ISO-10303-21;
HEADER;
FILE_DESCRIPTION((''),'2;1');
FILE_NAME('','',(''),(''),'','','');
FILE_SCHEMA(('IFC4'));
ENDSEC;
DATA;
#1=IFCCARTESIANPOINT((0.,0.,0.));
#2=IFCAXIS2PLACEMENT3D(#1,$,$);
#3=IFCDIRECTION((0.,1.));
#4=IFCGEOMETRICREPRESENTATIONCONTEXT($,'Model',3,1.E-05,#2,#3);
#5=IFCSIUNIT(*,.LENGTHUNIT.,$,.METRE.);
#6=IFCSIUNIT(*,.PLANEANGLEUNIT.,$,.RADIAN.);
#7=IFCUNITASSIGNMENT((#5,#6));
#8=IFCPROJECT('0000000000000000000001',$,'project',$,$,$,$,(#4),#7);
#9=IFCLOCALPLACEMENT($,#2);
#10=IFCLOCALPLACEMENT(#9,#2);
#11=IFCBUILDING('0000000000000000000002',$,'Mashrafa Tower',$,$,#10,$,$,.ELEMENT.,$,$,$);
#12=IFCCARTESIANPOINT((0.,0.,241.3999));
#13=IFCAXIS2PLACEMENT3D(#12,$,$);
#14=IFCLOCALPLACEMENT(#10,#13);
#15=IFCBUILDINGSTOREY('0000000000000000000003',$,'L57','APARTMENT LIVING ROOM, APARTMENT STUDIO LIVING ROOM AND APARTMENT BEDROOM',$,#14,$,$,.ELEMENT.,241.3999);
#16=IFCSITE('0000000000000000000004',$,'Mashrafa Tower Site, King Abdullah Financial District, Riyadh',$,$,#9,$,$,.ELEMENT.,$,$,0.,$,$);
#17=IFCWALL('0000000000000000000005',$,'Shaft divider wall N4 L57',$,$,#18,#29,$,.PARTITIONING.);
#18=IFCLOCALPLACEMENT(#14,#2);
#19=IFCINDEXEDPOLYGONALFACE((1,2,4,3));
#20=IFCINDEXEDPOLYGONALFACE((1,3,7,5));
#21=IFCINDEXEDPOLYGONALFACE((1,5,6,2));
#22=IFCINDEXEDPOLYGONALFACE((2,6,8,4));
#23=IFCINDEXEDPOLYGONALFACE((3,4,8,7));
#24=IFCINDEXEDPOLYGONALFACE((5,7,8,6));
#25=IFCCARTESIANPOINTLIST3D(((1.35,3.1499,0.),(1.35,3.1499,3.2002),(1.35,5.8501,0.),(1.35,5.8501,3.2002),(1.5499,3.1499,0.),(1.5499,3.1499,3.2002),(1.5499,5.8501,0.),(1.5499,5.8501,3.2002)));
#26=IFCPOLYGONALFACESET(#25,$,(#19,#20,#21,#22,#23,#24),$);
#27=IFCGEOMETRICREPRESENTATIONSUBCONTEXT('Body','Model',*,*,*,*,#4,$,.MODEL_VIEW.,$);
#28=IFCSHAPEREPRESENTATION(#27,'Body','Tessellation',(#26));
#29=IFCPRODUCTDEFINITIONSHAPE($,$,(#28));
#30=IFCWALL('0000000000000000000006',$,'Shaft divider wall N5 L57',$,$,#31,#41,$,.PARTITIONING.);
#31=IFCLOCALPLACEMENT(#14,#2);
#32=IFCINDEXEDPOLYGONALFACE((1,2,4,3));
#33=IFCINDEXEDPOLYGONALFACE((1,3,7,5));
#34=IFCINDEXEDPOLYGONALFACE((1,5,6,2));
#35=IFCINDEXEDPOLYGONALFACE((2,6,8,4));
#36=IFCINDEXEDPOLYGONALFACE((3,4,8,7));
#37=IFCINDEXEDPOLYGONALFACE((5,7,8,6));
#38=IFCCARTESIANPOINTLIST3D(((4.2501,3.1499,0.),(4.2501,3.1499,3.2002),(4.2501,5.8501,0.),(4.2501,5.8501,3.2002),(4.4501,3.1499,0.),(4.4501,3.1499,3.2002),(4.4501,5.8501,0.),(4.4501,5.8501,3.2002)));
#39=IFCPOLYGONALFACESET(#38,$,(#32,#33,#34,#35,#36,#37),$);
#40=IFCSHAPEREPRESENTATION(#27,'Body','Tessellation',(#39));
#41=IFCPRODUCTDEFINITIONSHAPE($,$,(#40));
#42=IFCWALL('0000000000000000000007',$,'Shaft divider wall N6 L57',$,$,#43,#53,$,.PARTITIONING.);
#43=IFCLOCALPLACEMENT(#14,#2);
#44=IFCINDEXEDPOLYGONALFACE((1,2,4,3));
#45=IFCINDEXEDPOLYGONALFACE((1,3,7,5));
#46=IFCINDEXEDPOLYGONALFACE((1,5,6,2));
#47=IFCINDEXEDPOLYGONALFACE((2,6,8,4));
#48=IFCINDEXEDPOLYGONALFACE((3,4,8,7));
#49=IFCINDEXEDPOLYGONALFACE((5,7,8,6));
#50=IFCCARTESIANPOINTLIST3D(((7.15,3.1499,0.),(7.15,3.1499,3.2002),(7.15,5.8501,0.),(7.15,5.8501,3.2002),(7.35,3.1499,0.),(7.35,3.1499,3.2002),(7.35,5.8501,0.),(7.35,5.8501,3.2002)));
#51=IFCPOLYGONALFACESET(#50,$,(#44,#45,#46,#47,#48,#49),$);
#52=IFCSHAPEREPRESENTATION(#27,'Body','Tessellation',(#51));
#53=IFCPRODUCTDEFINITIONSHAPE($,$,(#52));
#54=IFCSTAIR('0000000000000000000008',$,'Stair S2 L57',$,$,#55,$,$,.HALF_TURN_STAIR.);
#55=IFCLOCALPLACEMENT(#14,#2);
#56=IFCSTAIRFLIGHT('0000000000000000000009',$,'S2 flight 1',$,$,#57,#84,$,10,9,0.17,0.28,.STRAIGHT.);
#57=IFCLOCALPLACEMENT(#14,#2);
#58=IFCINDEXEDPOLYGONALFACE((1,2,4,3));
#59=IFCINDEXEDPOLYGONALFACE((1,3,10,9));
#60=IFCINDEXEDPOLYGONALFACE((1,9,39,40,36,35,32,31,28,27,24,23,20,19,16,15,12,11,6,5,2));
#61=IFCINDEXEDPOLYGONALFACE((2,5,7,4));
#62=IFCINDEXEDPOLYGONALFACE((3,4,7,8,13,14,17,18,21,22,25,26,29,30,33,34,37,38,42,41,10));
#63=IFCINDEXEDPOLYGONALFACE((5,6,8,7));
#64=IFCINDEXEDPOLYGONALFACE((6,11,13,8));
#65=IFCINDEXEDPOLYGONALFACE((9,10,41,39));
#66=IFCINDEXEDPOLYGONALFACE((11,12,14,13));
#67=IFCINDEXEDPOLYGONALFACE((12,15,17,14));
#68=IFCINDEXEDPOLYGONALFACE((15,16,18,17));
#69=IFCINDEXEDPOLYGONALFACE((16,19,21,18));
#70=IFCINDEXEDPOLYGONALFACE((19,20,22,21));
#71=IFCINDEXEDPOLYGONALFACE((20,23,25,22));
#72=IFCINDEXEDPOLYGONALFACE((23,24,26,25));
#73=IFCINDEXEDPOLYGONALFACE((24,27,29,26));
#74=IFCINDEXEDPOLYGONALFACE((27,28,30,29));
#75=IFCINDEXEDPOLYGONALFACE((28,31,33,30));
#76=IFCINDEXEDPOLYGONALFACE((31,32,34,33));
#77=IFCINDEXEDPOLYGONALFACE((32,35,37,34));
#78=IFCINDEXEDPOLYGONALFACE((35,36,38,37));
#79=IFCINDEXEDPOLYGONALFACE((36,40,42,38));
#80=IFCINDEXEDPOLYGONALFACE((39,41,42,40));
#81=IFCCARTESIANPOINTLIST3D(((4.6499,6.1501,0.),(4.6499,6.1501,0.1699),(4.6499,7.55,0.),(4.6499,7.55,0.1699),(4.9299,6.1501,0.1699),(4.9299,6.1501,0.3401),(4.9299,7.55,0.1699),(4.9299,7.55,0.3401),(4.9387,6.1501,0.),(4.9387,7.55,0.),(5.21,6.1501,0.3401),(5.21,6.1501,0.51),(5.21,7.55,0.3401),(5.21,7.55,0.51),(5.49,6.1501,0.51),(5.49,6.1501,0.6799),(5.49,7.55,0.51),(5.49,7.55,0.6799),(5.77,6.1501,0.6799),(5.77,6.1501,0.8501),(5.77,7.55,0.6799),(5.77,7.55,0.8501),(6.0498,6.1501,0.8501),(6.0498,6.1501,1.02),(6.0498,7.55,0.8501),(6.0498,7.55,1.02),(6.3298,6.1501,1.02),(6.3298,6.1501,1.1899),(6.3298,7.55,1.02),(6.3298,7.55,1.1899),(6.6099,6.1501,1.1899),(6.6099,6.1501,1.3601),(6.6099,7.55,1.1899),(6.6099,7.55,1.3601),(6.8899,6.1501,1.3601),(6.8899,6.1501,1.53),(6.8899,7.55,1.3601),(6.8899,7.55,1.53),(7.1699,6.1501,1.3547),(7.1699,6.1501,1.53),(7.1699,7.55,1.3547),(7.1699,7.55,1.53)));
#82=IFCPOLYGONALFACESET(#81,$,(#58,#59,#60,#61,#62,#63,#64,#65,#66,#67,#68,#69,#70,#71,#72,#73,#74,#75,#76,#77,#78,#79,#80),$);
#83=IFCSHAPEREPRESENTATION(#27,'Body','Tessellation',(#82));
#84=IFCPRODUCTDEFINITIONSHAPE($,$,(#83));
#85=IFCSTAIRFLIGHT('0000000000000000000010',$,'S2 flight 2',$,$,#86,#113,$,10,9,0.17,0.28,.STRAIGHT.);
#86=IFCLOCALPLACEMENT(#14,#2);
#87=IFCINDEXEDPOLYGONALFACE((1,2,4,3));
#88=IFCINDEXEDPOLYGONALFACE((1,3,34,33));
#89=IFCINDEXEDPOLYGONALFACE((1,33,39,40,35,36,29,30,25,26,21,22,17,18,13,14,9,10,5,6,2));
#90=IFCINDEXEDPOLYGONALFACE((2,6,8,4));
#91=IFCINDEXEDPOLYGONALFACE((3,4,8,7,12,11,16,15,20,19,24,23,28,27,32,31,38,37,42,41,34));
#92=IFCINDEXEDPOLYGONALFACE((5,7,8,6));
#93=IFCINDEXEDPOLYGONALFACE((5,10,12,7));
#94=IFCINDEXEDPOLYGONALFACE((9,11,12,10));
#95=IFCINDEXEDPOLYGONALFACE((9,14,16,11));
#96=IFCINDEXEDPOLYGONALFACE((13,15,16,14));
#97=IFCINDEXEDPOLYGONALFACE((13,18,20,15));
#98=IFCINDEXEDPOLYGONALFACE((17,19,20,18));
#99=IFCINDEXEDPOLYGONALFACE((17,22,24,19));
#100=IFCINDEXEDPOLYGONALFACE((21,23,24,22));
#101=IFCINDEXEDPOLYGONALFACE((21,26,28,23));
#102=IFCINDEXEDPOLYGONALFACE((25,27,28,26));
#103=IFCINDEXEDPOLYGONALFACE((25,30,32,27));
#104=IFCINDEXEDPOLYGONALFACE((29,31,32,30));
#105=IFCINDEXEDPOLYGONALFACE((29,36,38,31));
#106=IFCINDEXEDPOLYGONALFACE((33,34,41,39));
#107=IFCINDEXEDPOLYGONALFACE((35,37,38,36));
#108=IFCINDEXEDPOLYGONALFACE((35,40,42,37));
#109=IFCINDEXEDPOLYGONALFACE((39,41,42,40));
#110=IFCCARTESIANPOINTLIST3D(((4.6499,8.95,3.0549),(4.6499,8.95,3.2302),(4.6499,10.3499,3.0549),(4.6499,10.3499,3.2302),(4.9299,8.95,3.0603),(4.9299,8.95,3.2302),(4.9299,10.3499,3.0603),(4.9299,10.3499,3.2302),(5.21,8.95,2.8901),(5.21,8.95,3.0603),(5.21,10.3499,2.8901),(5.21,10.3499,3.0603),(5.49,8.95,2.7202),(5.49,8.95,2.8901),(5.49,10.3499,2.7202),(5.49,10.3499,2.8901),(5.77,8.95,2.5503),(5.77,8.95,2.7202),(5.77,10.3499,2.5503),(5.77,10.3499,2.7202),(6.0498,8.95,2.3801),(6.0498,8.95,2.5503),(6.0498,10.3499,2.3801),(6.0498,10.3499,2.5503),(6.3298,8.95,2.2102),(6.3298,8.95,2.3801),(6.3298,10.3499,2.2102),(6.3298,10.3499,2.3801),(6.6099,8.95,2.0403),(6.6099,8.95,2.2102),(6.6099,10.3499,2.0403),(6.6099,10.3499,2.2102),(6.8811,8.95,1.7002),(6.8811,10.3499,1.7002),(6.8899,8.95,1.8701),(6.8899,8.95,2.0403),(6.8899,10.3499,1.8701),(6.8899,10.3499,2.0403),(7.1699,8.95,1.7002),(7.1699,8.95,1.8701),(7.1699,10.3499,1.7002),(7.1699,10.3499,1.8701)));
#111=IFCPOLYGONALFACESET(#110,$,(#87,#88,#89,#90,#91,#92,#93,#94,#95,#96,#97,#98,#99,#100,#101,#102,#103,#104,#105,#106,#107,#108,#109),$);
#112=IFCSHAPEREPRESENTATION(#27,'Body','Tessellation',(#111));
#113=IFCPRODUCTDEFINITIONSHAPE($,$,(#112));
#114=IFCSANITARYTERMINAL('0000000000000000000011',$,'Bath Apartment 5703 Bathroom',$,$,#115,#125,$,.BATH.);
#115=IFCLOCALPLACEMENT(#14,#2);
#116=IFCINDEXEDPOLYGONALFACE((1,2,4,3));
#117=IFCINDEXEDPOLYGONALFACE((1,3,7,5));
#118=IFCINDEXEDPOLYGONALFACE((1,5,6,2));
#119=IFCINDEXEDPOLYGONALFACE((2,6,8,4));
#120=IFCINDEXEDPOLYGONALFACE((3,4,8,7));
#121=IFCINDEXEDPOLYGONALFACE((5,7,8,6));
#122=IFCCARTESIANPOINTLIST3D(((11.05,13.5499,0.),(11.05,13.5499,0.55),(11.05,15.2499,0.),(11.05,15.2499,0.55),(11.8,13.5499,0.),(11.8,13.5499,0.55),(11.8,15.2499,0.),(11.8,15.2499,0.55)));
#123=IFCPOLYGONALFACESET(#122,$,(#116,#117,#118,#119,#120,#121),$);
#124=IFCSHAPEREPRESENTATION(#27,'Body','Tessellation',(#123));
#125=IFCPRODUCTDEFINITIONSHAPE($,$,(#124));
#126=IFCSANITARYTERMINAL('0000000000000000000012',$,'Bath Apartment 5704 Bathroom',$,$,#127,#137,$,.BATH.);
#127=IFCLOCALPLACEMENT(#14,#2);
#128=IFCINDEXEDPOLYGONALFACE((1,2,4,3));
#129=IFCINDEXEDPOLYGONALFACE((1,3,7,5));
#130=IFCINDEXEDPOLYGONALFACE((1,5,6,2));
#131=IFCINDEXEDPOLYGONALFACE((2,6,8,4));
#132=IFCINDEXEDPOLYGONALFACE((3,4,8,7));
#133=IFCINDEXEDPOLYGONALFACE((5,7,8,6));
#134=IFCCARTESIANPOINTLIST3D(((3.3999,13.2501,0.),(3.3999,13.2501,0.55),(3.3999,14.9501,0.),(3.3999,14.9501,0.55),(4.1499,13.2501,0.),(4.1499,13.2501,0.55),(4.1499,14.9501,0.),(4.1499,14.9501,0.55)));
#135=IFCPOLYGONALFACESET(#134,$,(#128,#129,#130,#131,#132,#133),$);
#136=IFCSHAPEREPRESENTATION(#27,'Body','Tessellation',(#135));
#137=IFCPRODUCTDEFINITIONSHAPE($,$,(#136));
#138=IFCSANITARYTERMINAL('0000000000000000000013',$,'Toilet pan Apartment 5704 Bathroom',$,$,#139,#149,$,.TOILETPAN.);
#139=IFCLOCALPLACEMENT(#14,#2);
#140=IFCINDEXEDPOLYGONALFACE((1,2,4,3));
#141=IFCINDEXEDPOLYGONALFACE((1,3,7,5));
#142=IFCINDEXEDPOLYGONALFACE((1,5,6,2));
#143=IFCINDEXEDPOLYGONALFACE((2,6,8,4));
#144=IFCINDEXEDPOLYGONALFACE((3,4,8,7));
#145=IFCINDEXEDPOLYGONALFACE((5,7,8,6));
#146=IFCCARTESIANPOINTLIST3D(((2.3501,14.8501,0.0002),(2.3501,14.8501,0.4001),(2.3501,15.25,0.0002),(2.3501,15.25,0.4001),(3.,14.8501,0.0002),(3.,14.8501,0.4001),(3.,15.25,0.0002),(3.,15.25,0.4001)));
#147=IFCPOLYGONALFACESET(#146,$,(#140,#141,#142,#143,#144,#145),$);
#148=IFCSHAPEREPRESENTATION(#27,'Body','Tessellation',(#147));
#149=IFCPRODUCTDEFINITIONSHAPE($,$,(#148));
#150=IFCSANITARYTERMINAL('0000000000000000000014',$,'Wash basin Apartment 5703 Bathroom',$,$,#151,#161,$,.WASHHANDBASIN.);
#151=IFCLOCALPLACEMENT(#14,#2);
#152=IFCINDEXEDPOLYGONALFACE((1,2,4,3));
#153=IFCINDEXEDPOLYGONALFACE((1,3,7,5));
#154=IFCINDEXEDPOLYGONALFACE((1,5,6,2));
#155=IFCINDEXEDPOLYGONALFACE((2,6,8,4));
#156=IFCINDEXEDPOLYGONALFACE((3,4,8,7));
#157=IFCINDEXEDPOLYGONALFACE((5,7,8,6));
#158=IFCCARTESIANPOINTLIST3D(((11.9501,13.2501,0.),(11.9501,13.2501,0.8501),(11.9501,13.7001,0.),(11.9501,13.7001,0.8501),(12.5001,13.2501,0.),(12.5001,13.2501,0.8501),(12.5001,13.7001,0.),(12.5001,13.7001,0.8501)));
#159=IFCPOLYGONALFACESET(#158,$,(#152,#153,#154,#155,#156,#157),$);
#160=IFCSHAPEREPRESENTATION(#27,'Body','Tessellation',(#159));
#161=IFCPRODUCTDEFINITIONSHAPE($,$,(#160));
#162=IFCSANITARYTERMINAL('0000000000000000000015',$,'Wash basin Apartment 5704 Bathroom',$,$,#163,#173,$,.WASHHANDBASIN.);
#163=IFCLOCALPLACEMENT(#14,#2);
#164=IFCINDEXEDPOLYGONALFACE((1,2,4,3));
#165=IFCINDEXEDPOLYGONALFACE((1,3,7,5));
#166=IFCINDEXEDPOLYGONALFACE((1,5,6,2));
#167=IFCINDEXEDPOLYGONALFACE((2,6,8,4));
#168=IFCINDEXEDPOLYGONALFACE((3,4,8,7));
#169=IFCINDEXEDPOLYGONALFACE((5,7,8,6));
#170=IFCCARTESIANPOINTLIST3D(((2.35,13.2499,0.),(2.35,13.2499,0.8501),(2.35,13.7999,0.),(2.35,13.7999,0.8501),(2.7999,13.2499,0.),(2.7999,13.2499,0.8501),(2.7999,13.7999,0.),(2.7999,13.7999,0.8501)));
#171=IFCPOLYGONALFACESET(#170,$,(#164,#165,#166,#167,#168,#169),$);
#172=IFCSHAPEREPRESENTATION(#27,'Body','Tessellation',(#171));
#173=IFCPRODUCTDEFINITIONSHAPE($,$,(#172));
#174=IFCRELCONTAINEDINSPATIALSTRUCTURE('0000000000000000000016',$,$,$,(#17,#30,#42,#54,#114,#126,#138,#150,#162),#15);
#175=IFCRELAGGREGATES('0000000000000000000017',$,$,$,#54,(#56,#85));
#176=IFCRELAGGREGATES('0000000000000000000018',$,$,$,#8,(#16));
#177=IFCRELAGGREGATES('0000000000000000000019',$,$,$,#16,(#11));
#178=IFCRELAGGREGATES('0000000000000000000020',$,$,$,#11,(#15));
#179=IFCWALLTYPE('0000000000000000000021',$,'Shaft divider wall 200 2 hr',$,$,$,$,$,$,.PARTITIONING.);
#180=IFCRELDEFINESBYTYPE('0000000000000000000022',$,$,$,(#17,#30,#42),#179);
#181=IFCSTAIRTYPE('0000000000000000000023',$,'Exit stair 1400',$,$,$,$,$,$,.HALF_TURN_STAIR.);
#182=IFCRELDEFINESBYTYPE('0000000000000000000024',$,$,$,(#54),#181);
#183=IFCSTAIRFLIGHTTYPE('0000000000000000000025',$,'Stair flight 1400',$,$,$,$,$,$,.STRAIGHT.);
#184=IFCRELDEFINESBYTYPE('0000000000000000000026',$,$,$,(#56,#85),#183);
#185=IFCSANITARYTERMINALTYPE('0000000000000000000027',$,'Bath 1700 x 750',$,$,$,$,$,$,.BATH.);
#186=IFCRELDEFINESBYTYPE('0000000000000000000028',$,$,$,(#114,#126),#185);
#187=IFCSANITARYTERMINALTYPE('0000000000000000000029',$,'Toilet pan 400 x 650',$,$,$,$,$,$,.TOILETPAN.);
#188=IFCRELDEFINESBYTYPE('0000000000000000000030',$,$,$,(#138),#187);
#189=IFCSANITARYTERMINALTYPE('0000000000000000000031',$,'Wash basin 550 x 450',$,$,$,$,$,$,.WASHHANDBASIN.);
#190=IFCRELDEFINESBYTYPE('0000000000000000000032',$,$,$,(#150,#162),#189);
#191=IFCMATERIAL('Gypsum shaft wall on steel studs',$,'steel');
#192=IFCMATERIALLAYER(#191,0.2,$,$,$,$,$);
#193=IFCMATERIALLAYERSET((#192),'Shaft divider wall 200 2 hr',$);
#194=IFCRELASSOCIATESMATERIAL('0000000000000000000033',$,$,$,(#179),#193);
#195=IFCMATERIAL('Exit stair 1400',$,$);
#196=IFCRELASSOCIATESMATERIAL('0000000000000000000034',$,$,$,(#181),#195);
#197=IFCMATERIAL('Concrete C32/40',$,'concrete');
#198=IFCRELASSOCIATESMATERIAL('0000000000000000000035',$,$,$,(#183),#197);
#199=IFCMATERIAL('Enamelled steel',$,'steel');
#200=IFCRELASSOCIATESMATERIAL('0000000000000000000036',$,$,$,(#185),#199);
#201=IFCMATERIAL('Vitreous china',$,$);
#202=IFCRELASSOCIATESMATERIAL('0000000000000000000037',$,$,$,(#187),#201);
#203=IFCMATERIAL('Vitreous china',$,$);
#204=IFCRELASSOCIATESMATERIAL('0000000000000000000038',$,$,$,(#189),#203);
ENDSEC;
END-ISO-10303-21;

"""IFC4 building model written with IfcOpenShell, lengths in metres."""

from ifc_helpers import new_model, si_unit, direction, frame, frame_2d, origin, origin_2d, place, context, subcontext, project, spatial, polyline, rectangle, outline, extrude, material, layer, layer_set, type_object, element, aggregate, save


model = new_model("IFC4")

# Units and contexts
model_context = context("Model", 3, precision=1e-05, world=origin(), true_north=direction((0.0, 1.0)))
body_context = subcontext(model_context, "Body", "Model", "MODEL_VIEW")
ifc_project = project(units=[si_unit("LENGTHUNIT", "METRE"), si_unit("PLANEANGLEUNIT", "RADIAN")], contexts=[model_context])

# Site, building, storey
site_placement = place(None, origin())
site = spatial("IfcSite", under=ifc_project, at=site_placement, Name="Mashrafa Tower Site, King Abdullah Financial District, Riyadh", CompositionType="ELEMENT", RefElevation=0.0)
building_placement = place(site_placement, origin())
building = spatial("IfcBuilding", under=site, at=building_placement, Name="Mashrafa Tower", CompositionType="ELEMENT")
storey_placement = place(building_placement, frame((0.0, 0.0, 241.3999)))
storey = spatial("IfcBuildingStorey", under=building, at=storey_placement, Name="L57", Description="APARTMENT LIVING ROOM, APARTMENT STUDIO LIVING ROOM AND APARTMENT BEDROOM", CompositionType="ELEMENT", Elevation=241.3999)

# Walls
ifc_material_1 = material(Name="Gypsum shaft wall on steel studs", Category="steel")
ifc_layer_1 = layer(ifc_material_1, 0.2)
ifc_layer_set_1 = layer_set([ifc_layer_1], Name="Shaft divider wall 200 2 hr")
wall_type_1 = type_object("IfcWallType", Name="Shaft divider wall 200 2 hr", PredefinedType="PARTITIONING", material=ifc_layer_set_1)
for number, where, z_axis, x_axis, name in (
    (1, (1.45, 3.1499, 0.0), (0.0, 0.0, 1.0), (0.0, 1.0, 0.0), "Shaft divider wall N4 L57"),
    (2, (4.3501, 3.1499, 0.0), (0.0, 0.0, 1.0), (0.0, 1.0, 0.0), "Shaft divider wall N5 L57"),
    (3, (7.25, 3.1499, 0.0), (0.0, 0.0, 1.0), (0.0, 1.0, 0.0), "Shaft divider wall N6 L57"),
):
    element("IfcWall", number, at=place(storey_placement, frame(where, z_axis=z_axis, x_axis=x_axis)), inside=storey, type_object=wall_type_1, Name=name, PredefinedType="PARTITIONING", context=body_context, shape_type="SweptSolid", body=[
        extrude(rectangle(XDim=2.7002, YDim=0.2, at=frame_2d((1.3501, 0.0))), origin(), (0.0, 0.0, 1.0), 3.2002),
    ])

# Stair, stair flights
ifc_material_2 = material(Name="Exit stair 1400")
stair_type = type_object("IfcStairType", Name="Exit stair 1400", PredefinedType="HALF_TURN_STAIR", material=ifc_material_2)
stair_placement = place(storey_placement, origin())
stair = element("IfcStair", 4, at=stair_placement, inside=storey, type_object=stair_type, Name="Stair S2 L57", PredefinedType="HALF_TURN_STAIR")
ifc_material_3 = material(Name="Concrete C32/40", Category="concrete")
stair_flight_type = type_object("IfcStairFlightType", Name="Stair flight 1400", PredefinedType="STRAIGHT", material=ifc_material_3)
stair_flight_1_placement = place(storey_placement, frame((4.6499, 6.8501, 0.0), z_axis=(0.0, 0.0, 1.0), x_axis=(1.0, 0.0, 0.0)))
stair_flight_1 = element("IfcStairFlight", 5, at=stair_flight_1_placement, type_object=stair_flight_type, Name="S2 flight 1", NumberOfRisers=10, NumberOfTreads=9, PredefinedType="STRAIGHT", RiserHeight=0.17, TreadLength=0.28, context=body_context, shape_type="SweptSolid", body=[
    extrude(outline(polyline([(0.0, 0.0), (0.0, 0.1699), (0.28, 0.1699), (0.28, 0.3401), (0.5601, 0.3401), (0.5601, 0.51), (0.8401, 0.51), (0.8401, 0.6799), (1.1201, 0.6799), (1.1201, 0.8501), (1.3999, 0.8501), (1.3999, 1.02), (1.6799, 1.02), (1.6799, 1.1899), (1.96, 1.1899), (1.96, 1.3601), (2.24, 1.3601), (2.24, 1.53), (2.52, 1.53), (2.52, 1.7), (2.52, 1.3547), (0.2888, 0.0), (0.0, 0.0)])), frame((0.0, 0.7, 0.0), z_axis=(0.0, -1.0, 0.0), x_axis=(1.0, 0.0, 0.0)), (0.0, 0.0, 1.0), 1.3999),
])
stair_flight_2_placement = place(storey_placement, frame((7.1699, 9.6499, 1.7002), z_axis=(0.0, 0.0, 1.0), x_axis=(-1.0, 0.0, 0.0)))
stair_flight_2 = element("IfcStairFlight", 6, at=stair_flight_2_placement, type_object=stair_flight_type, Name="S2 flight 2", NumberOfRisers=10, NumberOfTreads=9, PredefinedType="STRAIGHT", RiserHeight=0.17, TreadLength=0.28, context=body_context, shape_type="SweptSolid", body=[
    extrude(outline(polyline([(0.0, 0.0), (0.0, 0.1699), (0.28, 0.1699), (0.28, 0.3401), (0.5601, 0.3401), (0.5601, 0.51), (0.8401, 0.51), (0.8401, 0.6799), (1.1201, 0.6799), (1.1201, 0.8501), (1.3999, 0.8501), (1.3999, 1.02), (1.6799, 1.02), (1.6799, 1.1899), (1.96, 1.1899), (1.96, 1.3601), (2.24, 1.3601), (2.24, 1.53), (2.52, 1.53), (2.52, 1.7), (2.52, 1.3547), (0.2888, 0.0), (0.0, 0.0)])), frame((0.0, 0.7, 0.0), z_axis=(0.0, -1.0, 0.0), x_axis=(1.0, 0.0, 0.0)), (0.0, 0.0, 1.0), 1.3999),
])
aggregate(stair, [stair_flight_1, stair_flight_2])

# Sanitary terminals
ifc_material_4 = material(Name="Enamelled steel", Category="steel")
sanitary_terminal_type_1 = type_object("IfcSanitaryTerminalType", Name="Bath 1700 x 750", PredefinedType="BATH", material=ifc_material_4)
for number, where, z_axis, x_axis, name in (
    (7, (11.425, 14.3999, 0.0), (0.0, 0.0, 1.0), (0.0, -1.0, 0.0), "Bath Apartment 5703 Bathroom"),
    (8, (3.7749, 14.1001, 0.0), (0.0, 0.0, 1.0), (0.0, 1.0, 0.0), "Bath Apartment 5704 Bathroom"),
):
    element("IfcSanitaryTerminal", number, at=place(storey_placement, frame(where, z_axis=z_axis, x_axis=x_axis)), inside=storey, type_object=sanitary_terminal_type_1, Name=name, PredefinedType="BATH", context=body_context, shape_type="SweptSolid", body=[
        extrude(rectangle(XDim=1.7, YDim=0.75, at=origin_2d()), origin(), (0.0, 0.0, 1.0), 0.55),
    ])
ifc_material_5 = material(Name="Vitreous china")
sanitary_terminal_type_2 = type_object("IfcSanitaryTerminalType", Name="Toilet pan 400 x 650", PredefinedType="TOILETPAN", material=ifc_material_5)
sanitary_terminal_placement = place(storey_placement, frame((2.675, 15.05, 0.0002), z_axis=(0.0, 0.0, 1.0), x_axis=(0.0, -1.0, 0.0)))
element("IfcSanitaryTerminal", 9, at=sanitary_terminal_placement, inside=storey, type_object=sanitary_terminal_type_2, Name="Toilet pan Apartment 5704 Bathroom", PredefinedType="TOILETPAN", context=body_context, shape_type="SweptSolid", body=[
    extrude(rectangle(XDim=0.3999, YDim=0.6499, at=origin_2d()), origin(), (0.0, 0.0, 1.0), 0.3999),
])
ifc_material_6 = material(Name="Vitreous china")
sanitary_terminal_type_3 = type_object("IfcSanitaryTerminalType", Name="Wash basin 550 x 450", PredefinedType="WASHHANDBASIN", material=ifc_material_6)
for number, where, z_axis, x_axis, name in (
    (10, (12.2251, 13.4751, 0.0), (0.0, 0.0, 1.0), (1.0, 0.0, 0.0), "Wash basin Apartment 5703 Bathroom"),
    (11, (2.575, 13.5249, 0.0), (0.0, 0.0, 1.0), (0.0, -1.0, 0.0), "Wash basin Apartment 5704 Bathroom"),
):
    element("IfcSanitaryTerminal", number, at=place(storey_placement, frame(where, z_axis=z_axis, x_axis=x_axis)), inside=storey, type_object=sanitary_terminal_type_3, Name=name, PredefinedType="WASHHANDBASIN", context=body_context, shape_type="SweptSolid", body=[
        extrude(rectangle(XDim=0.55, YDim=0.45, at=origin_2d()), origin(), (0.0, 0.0, 1.0), 0.8501),
    ])

save(model, "model.ifc")
